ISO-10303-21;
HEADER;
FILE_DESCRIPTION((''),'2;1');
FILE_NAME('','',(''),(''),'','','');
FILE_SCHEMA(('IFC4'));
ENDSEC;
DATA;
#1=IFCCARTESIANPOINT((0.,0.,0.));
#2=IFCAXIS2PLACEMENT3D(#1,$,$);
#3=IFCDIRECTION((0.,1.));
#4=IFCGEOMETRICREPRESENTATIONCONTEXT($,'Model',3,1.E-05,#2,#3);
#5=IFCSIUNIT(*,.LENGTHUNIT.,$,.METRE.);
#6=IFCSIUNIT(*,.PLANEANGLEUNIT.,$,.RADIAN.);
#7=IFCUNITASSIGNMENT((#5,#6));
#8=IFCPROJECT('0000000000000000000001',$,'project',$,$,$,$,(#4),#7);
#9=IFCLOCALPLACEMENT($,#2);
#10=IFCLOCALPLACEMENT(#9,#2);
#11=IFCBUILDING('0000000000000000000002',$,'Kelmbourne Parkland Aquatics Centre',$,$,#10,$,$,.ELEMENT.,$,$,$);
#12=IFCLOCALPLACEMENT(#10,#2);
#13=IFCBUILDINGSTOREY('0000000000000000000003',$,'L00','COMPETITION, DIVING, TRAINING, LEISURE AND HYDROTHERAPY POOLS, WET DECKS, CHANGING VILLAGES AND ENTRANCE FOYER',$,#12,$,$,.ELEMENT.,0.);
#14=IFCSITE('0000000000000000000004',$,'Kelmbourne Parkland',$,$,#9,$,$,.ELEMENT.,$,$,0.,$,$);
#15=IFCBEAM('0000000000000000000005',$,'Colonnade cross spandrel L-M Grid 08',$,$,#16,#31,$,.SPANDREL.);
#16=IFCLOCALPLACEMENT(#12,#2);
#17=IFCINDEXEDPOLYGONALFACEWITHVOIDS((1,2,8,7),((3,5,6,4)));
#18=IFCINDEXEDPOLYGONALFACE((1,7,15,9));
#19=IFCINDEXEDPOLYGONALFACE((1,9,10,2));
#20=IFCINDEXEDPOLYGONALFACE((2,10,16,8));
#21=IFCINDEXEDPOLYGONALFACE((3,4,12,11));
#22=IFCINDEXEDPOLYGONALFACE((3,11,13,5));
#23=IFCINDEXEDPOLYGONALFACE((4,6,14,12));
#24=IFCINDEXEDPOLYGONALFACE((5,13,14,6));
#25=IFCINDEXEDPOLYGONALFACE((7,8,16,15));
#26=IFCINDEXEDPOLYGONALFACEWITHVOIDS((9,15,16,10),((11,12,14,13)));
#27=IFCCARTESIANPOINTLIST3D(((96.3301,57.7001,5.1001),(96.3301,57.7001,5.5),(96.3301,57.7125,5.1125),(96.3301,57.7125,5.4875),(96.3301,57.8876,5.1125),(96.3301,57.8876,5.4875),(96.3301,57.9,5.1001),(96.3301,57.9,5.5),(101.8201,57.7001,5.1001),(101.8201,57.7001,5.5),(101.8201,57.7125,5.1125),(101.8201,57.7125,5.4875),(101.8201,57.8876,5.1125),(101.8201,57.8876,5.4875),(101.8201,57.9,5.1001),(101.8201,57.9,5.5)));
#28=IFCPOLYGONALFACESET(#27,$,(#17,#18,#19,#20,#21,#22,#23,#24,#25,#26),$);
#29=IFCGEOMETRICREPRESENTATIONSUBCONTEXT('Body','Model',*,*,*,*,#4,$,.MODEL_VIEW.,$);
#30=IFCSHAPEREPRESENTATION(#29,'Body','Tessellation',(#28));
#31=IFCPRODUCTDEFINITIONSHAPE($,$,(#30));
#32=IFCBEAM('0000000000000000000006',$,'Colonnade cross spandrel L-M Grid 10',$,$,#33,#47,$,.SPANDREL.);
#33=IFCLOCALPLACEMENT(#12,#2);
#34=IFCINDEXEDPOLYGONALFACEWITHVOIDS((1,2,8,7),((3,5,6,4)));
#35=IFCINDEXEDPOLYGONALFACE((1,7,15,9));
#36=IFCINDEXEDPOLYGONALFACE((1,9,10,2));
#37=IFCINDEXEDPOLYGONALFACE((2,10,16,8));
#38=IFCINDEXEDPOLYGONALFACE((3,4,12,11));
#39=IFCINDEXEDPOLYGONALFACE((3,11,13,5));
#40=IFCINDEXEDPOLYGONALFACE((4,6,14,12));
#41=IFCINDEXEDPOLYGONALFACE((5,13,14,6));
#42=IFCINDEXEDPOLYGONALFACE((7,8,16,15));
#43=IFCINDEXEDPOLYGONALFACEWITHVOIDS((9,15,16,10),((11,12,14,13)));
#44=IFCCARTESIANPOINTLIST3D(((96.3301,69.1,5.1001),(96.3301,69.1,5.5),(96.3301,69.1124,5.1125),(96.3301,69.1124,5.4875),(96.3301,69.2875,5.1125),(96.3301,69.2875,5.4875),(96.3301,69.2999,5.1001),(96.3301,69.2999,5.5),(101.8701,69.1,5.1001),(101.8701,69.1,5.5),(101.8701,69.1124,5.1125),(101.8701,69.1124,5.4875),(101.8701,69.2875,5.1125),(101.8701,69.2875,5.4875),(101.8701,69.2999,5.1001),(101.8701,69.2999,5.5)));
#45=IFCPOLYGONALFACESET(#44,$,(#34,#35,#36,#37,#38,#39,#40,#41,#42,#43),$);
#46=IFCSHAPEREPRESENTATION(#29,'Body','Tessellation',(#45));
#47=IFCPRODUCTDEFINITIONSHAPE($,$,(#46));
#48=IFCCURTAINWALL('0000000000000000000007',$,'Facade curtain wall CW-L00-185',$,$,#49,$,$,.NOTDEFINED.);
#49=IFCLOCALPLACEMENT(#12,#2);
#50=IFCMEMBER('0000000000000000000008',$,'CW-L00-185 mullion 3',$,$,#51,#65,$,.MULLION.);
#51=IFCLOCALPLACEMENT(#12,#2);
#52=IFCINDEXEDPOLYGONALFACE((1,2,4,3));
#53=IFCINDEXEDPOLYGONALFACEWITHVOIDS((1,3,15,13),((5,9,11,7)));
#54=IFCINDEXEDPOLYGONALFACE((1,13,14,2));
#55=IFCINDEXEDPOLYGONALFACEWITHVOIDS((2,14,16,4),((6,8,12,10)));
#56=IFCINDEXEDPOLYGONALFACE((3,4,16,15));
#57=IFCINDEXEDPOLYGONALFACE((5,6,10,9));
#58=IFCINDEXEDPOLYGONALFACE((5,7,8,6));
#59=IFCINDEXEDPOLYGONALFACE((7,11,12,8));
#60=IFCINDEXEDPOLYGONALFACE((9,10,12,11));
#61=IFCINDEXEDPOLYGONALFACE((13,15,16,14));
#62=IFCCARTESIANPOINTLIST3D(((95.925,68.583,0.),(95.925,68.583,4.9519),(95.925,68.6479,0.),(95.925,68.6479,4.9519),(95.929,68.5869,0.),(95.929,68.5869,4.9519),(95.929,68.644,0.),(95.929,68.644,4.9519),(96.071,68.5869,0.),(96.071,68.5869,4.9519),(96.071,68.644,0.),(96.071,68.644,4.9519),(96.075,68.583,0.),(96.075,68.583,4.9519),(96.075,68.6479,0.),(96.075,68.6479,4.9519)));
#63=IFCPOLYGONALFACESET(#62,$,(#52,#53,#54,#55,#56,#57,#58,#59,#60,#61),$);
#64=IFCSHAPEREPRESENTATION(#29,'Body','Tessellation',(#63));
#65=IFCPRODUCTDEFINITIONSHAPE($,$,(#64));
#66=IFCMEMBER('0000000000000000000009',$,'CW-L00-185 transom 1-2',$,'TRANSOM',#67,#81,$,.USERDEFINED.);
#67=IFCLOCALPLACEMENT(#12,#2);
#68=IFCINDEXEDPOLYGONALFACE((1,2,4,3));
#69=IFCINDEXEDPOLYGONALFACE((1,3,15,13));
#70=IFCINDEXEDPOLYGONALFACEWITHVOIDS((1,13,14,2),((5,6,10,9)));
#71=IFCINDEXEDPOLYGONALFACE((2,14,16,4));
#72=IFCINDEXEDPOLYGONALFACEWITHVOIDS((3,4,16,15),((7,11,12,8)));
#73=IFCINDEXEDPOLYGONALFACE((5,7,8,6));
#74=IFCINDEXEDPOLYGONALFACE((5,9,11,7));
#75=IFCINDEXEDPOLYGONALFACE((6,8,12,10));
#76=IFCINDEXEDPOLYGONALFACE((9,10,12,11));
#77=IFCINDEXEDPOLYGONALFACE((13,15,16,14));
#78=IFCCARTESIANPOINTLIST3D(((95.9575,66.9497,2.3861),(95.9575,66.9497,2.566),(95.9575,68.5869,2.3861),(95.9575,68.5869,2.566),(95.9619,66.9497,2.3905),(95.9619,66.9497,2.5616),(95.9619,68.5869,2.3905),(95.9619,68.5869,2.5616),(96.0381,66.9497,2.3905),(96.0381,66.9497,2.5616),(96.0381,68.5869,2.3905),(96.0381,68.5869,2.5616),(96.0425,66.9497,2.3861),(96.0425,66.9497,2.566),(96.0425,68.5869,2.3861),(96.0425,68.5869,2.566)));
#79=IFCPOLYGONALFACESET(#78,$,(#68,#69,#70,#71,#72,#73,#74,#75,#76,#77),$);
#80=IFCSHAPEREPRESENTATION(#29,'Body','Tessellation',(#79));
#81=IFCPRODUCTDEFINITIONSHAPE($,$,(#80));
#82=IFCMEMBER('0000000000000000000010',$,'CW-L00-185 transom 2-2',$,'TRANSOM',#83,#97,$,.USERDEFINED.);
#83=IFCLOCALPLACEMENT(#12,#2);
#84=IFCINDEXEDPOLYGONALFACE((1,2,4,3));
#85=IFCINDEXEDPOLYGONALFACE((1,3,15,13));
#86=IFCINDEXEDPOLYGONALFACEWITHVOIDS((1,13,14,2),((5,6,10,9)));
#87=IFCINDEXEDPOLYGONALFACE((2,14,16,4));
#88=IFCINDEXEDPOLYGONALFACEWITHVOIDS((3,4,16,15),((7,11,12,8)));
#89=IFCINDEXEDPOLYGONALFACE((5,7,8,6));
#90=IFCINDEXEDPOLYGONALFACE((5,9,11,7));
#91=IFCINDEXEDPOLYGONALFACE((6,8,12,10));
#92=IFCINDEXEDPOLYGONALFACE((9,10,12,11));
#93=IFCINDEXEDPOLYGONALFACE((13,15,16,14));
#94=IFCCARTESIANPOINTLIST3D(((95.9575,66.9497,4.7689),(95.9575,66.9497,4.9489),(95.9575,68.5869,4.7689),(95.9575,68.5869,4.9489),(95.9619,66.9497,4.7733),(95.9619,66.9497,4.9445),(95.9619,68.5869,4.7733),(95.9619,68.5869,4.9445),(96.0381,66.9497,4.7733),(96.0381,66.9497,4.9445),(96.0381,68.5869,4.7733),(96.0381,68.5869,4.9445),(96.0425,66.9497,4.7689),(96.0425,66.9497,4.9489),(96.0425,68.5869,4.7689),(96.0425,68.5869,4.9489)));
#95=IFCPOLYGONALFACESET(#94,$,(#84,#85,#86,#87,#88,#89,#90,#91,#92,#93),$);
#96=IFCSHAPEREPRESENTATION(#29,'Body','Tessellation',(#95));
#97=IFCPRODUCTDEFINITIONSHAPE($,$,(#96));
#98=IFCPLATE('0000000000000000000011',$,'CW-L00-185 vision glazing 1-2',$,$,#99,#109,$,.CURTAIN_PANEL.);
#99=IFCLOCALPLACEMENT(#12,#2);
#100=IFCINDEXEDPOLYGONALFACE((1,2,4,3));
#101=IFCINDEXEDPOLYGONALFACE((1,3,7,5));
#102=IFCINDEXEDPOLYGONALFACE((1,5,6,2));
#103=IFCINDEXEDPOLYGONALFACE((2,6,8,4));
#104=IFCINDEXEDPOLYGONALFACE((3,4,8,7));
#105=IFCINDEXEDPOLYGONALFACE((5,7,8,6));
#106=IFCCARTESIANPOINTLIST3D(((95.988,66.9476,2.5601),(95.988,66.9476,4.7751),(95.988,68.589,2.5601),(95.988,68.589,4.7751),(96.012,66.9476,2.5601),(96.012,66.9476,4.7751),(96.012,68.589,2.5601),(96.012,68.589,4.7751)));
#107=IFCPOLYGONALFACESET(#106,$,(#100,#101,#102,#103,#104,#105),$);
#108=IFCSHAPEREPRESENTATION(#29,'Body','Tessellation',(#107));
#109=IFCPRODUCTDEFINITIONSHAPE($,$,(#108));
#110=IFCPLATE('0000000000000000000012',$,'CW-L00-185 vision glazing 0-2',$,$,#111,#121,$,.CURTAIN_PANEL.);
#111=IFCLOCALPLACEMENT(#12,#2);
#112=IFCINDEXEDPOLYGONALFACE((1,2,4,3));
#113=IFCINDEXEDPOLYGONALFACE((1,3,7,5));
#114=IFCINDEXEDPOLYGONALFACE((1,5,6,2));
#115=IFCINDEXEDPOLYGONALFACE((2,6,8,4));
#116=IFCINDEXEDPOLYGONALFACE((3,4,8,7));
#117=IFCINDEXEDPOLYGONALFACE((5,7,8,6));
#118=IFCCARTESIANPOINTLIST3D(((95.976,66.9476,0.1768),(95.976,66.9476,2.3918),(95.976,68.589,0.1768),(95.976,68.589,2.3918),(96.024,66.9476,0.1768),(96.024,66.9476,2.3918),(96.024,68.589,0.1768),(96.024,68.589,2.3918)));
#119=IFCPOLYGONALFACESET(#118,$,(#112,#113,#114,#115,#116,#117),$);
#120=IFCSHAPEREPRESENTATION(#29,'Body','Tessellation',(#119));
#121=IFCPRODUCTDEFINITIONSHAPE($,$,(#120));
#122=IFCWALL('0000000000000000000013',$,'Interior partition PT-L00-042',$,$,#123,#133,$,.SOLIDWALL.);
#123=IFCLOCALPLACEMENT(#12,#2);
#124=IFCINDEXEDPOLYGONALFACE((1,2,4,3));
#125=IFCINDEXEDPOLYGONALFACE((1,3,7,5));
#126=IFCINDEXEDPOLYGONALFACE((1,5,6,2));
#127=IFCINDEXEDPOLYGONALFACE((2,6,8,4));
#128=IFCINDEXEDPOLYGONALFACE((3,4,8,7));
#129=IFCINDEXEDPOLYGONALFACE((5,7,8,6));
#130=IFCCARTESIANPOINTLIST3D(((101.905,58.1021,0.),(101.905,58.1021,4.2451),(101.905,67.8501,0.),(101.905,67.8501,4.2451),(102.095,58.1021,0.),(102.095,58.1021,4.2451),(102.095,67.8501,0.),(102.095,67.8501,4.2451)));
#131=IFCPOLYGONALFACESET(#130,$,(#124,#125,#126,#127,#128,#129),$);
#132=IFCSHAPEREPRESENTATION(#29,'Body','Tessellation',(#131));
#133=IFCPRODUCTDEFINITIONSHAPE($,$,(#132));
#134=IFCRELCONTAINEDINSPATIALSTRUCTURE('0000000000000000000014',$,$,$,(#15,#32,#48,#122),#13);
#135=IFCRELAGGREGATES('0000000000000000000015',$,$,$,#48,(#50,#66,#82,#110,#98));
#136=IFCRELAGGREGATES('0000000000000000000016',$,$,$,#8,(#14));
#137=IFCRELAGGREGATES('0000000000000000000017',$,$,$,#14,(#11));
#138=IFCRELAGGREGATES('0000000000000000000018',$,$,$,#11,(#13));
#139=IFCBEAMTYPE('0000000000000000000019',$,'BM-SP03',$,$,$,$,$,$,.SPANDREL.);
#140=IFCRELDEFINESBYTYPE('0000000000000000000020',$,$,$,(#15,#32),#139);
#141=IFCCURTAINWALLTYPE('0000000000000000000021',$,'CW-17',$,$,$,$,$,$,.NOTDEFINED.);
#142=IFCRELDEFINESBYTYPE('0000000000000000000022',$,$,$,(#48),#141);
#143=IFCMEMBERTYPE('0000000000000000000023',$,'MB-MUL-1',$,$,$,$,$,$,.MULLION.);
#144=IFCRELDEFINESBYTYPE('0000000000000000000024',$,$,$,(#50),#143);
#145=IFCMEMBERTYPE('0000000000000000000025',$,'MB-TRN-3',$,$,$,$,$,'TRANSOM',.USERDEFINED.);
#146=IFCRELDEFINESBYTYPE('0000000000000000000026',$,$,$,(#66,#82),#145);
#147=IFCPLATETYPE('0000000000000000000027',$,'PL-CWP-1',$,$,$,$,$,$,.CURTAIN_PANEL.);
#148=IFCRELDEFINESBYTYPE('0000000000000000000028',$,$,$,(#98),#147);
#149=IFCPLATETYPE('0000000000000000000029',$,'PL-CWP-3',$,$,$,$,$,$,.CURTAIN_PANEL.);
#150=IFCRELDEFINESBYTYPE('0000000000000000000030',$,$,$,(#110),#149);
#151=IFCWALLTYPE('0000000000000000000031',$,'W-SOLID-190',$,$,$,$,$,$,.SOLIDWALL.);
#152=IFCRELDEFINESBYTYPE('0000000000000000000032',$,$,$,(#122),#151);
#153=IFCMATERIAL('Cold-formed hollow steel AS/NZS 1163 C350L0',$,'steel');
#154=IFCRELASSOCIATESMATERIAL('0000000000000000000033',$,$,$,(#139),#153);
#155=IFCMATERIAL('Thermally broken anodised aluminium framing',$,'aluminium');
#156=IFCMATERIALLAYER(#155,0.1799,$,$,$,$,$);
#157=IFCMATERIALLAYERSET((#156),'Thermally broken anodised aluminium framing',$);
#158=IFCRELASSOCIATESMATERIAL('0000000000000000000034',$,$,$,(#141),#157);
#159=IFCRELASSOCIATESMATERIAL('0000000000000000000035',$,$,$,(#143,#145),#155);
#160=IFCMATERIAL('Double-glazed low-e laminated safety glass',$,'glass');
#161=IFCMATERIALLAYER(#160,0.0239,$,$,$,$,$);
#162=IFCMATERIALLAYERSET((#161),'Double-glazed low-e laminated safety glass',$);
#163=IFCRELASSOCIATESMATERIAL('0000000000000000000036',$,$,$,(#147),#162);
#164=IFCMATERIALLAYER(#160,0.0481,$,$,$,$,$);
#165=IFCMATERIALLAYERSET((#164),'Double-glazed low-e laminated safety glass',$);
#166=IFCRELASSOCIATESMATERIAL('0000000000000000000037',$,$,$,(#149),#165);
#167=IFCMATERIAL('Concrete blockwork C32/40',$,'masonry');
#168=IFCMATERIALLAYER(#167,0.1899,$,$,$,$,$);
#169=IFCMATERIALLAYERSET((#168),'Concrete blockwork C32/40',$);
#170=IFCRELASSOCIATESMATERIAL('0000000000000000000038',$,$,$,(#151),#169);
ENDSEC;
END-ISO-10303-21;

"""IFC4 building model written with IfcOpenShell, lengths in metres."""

from ifc_helpers import new_model, si_unit, direction, frame, frame_2d, origin, origin_2d, place, context, subcontext, project, spatial, rectangle, hollow_rectangle, extrude, material, layer, layer_set, material_profile, profile_set, type_object, element, aggregate, save


model = new_model("IFC4")

# Units and contexts
model_context = context("Model", 3, precision=1e-05, world=origin(), true_north=direction((0.0, 1.0)))
body_context = subcontext(model_context, "Body", "Model", "MODEL_VIEW")
ifc_project = project(units=[si_unit("LENGTHUNIT", "METRE"), si_unit("PLANEANGLEUNIT", "RADIAN")], contexts=[model_context])

# Site, building, storey
site_placement = place(None, origin())
site = spatial("IfcSite", under=ifc_project, at=site_placement, Name="Kelmbourne Parkland", CompositionType="ELEMENT", RefElevation=0.0)
building_placement = place(site_placement, origin())
building = spatial("IfcBuilding", under=site, at=building_placement, Name="Kelmbourne Parkland Aquatics Centre", CompositionType="ELEMENT")
storey_placement = place(building_placement, origin())
storey = spatial("IfcBuildingStorey", under=building, at=storey_placement, Name="L00", Description="COMPETITION, DIVING, TRAINING, LEISURE AND HYDROTHERAPY POOLS, WET DECKS, CHANGING VILLAGES AND ENTRANCE FOYER", CompositionType="ELEMENT", Elevation=0.0)

# Beams
ifc_material_1 = material(Name="Cold-formed hollow steel AS/NZS 1163 C350L0", Category="steel")
ifc_material_profile_1 = material_profile(ifc_material_1, hollow_rectangle(XDim=0.2, YDim=0.3999, WallThickness=0.0125, at=origin_2d()), Name="RHS 400x200x12.5")
ifc_profile_set_1 = profile_set([ifc_material_profile_1], Name="Cold-formed hollow steel AS/NZS 1163 C350L0")
beam_type_1 = type_object("IfcBeamType", Name="BM-SP03", PredefinedType="SPANDREL", material=ifc_profile_set_1)
beam_1_placement = place(storey_placement, frame((96.3301, 57.8, 5.3), z_axis=(1.0, 0.0, 0.0), x_axis=(0.0, 1.0, 0.0)))
element("IfcBeam", 1, at=beam_1_placement, inside=storey, type_object=beam_type_1, Name="Colonnade cross spandrel L-M Grid 08", PredefinedType="SPANDREL", context=body_context, shape_type="SweptSolid", body=[
    extrude(hollow_rectangle(XDim=0.2, YDim=0.3999, WallThickness=0.0125, at=origin_2d()), origin(), (0.0, 0.0, 1.0), 5.49),
])
beam_2_placement = place(storey_placement, frame((96.3301, 69.2, 5.3), z_axis=(1.0, 0.0, 0.0), x_axis=(0.0, 1.0, 0.0)))
element("IfcBeam", 2, at=beam_2_placement, inside=storey, type_object=beam_type_1, Name="Colonnade cross spandrel L-M Grid 10", PredefinedType="SPANDREL", context=body_context, shape_type="SweptSolid", body=[
    extrude(hollow_rectangle(XDim=0.2, YDim=0.3999, WallThickness=0.0125, at=origin_2d()), origin(), (0.0, 0.0, 1.0), 5.54),
])

# Curtain wall, members, plates
ifc_material_2 = material(Name="Thermally broken anodised aluminium framing", Category="aluminium")
ifc_layer_1 = layer(ifc_material_2, 0.1799)
ifc_layer_set_1 = layer_set([ifc_layer_1], Name="Thermally broken anodised aluminium framing")
curtain_wall_type = type_object("IfcCurtainWallType", Name="CW-17", PredefinedType="NOTDEFINED", material=ifc_layer_set_1)
curtain_wall_placement = place(storey_placement, origin())
curtain_wall = element("IfcCurtainWall", 3, at=curtain_wall_placement, inside=storey, type_object=curtain_wall_type, Name="Facade curtain wall CW-L00-185", PredefinedType="NOTDEFINED")
ifc_material_profile_2 = material_profile(ifc_material_2, hollow_rectangle(XDim=0.0649, YDim=0.1499, WallThickness=0.0039, at=origin_2d()), Name="CW-M 65x150")
ifc_profile_set_2 = profile_set([ifc_material_profile_2], Name="Thermally broken anodised aluminium framing")
member_type_1 = type_object("IfcMemberType", Name="MB-MUL-1", PredefinedType="MULLION", material=ifc_profile_set_2)
member_1_placement = place(storey_placement, frame((96.0, 68.6155, 0.0), z_axis=(0.0, 0.0, 1.0), x_axis=(0.0, 1.0, 0.0)))
member_1 = element("IfcMember", 4, at=member_1_placement, type_object=member_type_1, Name="CW-L00-185 mullion 3", PredefinedType="MULLION", context=body_context, shape_type="SweptSolid", body=[
    extrude(hollow_rectangle(XDim=0.0649, YDim=0.1499, WallThickness=0.0039, at=origin_2d()), origin(), (0.0, 0.0, 1.0), 4.9519),
])
ifc_material_profile_3 = material_profile(ifc_material_2, hollow_rectangle(XDim=0.085, YDim=0.1799, WallThickness=0.0044, at=origin_2d()), Name="CW-T 85x180")
ifc_profile_set_3 = profile_set([ifc_material_profile_3], Name="Thermally broken anodised aluminium framing")
member_type_2 = type_object("IfcMemberType", Name="MB-TRN-3", ElementType="TRANSOM", PredefinedType="USERDEFINED", material=ifc_profile_set_3)
member_2_placement = place(storey_placement, frame((96.0, 66.9497, 2.4761), z_axis=(0.0, 1.0, 0.0), x_axis=(-1.0, 0.0, 0.0)))
member_2 = element("IfcMember", 5, at=member_2_placement, type_object=member_type_2, Name="CW-L00-185 transom 1-2", ObjectType="TRANSOM", PredefinedType="USERDEFINED", context=body_context, shape_type="SweptSolid", body=[
    extrude(hollow_rectangle(XDim=0.085, YDim=0.1799, WallThickness=0.0044, at=origin_2d()), origin(), (0.0, 0.0, 1.0), 1.6372),
])
member_3_placement = place(storey_placement, frame((96.0, 66.9497, 4.8589), z_axis=(0.0, 1.0, 0.0), x_axis=(-1.0, 0.0, 0.0)))
member_3 = element("IfcMember", 6, at=member_3_placement, type_object=member_type_2, Name="CW-L00-185 transom 2-2", ObjectType="TRANSOM", PredefinedType="USERDEFINED", context=body_context, shape_type="SweptSolid", body=[
    extrude(hollow_rectangle(XDim=0.085, YDim=0.1799, WallThickness=0.0044, at=origin_2d()), origin(), (0.0, 0.0, 1.0), 1.6372),
])
ifc_material_3 = material(Name="Double-glazed low-e laminated safety glass", Category="glass")
ifc_layer_2 = layer(ifc_material_3, 0.0239)
ifc_layer_set_2 = layer_set([ifc_layer_2], Name="Double-glazed low-e laminated safety glass")
plate_type_1 = type_object("IfcPlateType", Name="PL-CWP-1", PredefinedType="CURTAIN_PANEL", material=ifc_layer_set_2)
plate_1_placement = place(storey_placement, frame((96.0, 67.7683, 2.5601), z_axis=(0.0, 0.0, 1.0), x_axis=(0.0, 1.0, 0.0)))
plate_1 = element("IfcPlate", 7, at=plate_1_placement, type_object=plate_type_1, Name="CW-L00-185 vision glazing 1-2", PredefinedType="CURTAIN_PANEL", context=body_context, shape_type="SweptSolid", body=[
    extrude(rectangle(XDim=1.6414, YDim=0.0239, at=origin_2d()), origin(), (0.0, 0.0, 1.0), 2.2151),
])
ifc_layer_3 = layer(ifc_material_3, 0.0481)
ifc_layer_set_3 = layer_set([ifc_layer_3], Name="Double-glazed low-e laminated safety glass")
plate_type_2 = type_object("IfcPlateType", Name="PL-CWP-3", PredefinedType="CURTAIN_PANEL", material=ifc_layer_set_3)
plate_2_placement = place(storey_placement, frame((96.0, 67.7683, 0.1768), z_axis=(0.0, 0.0, 1.0), x_axis=(0.0, 1.0, 0.0)))
plate_2 = element("IfcPlate", 8, at=plate_2_placement, type_object=plate_type_2, Name="CW-L00-185 vision glazing 0-2", PredefinedType="CURTAIN_PANEL", context=body_context, shape_type="SweptSolid", body=[
    extrude(rectangle(XDim=1.6414, YDim=0.0481, at=origin_2d()), origin(), (0.0, 0.0, 1.0), 2.2151),
])
aggregate(curtain_wall, [member_1, member_2, member_3, plate_2, plate_1])

# Wall
ifc_material_4 = material(Name="Concrete blockwork C32/40", Category="masonry")
ifc_layer_4 = layer(ifc_material_4, 0.1899)
ifc_layer_set_4 = layer_set([ifc_layer_4], Name="Concrete blockwork C32/40")
wall_type = type_object("IfcWallType", Name="W-SOLID-190", PredefinedType="SOLIDWALL", material=ifc_layer_set_4)
wall_placement = place(storey_placement, frame((102.0, 58.1021, 0.0), z_axis=(0.0, 0.0, 1.0), x_axis=(0.0, 1.0, 0.0)))
element("IfcWall", 9, at=wall_placement, inside=storey, type_object=wall_type, Name="Interior partition PT-L00-042", PredefinedType="SOLIDWALL", context=body_context, shape_type="SweptSolid", body=[
    extrude(rectangle(XDim=9.748, YDim=0.1899, at=frame_2d((4.874, 0.0))), origin(), (0.0, 0.0, 1.0), 4.2451),
])

save(model, "model.ifc")
